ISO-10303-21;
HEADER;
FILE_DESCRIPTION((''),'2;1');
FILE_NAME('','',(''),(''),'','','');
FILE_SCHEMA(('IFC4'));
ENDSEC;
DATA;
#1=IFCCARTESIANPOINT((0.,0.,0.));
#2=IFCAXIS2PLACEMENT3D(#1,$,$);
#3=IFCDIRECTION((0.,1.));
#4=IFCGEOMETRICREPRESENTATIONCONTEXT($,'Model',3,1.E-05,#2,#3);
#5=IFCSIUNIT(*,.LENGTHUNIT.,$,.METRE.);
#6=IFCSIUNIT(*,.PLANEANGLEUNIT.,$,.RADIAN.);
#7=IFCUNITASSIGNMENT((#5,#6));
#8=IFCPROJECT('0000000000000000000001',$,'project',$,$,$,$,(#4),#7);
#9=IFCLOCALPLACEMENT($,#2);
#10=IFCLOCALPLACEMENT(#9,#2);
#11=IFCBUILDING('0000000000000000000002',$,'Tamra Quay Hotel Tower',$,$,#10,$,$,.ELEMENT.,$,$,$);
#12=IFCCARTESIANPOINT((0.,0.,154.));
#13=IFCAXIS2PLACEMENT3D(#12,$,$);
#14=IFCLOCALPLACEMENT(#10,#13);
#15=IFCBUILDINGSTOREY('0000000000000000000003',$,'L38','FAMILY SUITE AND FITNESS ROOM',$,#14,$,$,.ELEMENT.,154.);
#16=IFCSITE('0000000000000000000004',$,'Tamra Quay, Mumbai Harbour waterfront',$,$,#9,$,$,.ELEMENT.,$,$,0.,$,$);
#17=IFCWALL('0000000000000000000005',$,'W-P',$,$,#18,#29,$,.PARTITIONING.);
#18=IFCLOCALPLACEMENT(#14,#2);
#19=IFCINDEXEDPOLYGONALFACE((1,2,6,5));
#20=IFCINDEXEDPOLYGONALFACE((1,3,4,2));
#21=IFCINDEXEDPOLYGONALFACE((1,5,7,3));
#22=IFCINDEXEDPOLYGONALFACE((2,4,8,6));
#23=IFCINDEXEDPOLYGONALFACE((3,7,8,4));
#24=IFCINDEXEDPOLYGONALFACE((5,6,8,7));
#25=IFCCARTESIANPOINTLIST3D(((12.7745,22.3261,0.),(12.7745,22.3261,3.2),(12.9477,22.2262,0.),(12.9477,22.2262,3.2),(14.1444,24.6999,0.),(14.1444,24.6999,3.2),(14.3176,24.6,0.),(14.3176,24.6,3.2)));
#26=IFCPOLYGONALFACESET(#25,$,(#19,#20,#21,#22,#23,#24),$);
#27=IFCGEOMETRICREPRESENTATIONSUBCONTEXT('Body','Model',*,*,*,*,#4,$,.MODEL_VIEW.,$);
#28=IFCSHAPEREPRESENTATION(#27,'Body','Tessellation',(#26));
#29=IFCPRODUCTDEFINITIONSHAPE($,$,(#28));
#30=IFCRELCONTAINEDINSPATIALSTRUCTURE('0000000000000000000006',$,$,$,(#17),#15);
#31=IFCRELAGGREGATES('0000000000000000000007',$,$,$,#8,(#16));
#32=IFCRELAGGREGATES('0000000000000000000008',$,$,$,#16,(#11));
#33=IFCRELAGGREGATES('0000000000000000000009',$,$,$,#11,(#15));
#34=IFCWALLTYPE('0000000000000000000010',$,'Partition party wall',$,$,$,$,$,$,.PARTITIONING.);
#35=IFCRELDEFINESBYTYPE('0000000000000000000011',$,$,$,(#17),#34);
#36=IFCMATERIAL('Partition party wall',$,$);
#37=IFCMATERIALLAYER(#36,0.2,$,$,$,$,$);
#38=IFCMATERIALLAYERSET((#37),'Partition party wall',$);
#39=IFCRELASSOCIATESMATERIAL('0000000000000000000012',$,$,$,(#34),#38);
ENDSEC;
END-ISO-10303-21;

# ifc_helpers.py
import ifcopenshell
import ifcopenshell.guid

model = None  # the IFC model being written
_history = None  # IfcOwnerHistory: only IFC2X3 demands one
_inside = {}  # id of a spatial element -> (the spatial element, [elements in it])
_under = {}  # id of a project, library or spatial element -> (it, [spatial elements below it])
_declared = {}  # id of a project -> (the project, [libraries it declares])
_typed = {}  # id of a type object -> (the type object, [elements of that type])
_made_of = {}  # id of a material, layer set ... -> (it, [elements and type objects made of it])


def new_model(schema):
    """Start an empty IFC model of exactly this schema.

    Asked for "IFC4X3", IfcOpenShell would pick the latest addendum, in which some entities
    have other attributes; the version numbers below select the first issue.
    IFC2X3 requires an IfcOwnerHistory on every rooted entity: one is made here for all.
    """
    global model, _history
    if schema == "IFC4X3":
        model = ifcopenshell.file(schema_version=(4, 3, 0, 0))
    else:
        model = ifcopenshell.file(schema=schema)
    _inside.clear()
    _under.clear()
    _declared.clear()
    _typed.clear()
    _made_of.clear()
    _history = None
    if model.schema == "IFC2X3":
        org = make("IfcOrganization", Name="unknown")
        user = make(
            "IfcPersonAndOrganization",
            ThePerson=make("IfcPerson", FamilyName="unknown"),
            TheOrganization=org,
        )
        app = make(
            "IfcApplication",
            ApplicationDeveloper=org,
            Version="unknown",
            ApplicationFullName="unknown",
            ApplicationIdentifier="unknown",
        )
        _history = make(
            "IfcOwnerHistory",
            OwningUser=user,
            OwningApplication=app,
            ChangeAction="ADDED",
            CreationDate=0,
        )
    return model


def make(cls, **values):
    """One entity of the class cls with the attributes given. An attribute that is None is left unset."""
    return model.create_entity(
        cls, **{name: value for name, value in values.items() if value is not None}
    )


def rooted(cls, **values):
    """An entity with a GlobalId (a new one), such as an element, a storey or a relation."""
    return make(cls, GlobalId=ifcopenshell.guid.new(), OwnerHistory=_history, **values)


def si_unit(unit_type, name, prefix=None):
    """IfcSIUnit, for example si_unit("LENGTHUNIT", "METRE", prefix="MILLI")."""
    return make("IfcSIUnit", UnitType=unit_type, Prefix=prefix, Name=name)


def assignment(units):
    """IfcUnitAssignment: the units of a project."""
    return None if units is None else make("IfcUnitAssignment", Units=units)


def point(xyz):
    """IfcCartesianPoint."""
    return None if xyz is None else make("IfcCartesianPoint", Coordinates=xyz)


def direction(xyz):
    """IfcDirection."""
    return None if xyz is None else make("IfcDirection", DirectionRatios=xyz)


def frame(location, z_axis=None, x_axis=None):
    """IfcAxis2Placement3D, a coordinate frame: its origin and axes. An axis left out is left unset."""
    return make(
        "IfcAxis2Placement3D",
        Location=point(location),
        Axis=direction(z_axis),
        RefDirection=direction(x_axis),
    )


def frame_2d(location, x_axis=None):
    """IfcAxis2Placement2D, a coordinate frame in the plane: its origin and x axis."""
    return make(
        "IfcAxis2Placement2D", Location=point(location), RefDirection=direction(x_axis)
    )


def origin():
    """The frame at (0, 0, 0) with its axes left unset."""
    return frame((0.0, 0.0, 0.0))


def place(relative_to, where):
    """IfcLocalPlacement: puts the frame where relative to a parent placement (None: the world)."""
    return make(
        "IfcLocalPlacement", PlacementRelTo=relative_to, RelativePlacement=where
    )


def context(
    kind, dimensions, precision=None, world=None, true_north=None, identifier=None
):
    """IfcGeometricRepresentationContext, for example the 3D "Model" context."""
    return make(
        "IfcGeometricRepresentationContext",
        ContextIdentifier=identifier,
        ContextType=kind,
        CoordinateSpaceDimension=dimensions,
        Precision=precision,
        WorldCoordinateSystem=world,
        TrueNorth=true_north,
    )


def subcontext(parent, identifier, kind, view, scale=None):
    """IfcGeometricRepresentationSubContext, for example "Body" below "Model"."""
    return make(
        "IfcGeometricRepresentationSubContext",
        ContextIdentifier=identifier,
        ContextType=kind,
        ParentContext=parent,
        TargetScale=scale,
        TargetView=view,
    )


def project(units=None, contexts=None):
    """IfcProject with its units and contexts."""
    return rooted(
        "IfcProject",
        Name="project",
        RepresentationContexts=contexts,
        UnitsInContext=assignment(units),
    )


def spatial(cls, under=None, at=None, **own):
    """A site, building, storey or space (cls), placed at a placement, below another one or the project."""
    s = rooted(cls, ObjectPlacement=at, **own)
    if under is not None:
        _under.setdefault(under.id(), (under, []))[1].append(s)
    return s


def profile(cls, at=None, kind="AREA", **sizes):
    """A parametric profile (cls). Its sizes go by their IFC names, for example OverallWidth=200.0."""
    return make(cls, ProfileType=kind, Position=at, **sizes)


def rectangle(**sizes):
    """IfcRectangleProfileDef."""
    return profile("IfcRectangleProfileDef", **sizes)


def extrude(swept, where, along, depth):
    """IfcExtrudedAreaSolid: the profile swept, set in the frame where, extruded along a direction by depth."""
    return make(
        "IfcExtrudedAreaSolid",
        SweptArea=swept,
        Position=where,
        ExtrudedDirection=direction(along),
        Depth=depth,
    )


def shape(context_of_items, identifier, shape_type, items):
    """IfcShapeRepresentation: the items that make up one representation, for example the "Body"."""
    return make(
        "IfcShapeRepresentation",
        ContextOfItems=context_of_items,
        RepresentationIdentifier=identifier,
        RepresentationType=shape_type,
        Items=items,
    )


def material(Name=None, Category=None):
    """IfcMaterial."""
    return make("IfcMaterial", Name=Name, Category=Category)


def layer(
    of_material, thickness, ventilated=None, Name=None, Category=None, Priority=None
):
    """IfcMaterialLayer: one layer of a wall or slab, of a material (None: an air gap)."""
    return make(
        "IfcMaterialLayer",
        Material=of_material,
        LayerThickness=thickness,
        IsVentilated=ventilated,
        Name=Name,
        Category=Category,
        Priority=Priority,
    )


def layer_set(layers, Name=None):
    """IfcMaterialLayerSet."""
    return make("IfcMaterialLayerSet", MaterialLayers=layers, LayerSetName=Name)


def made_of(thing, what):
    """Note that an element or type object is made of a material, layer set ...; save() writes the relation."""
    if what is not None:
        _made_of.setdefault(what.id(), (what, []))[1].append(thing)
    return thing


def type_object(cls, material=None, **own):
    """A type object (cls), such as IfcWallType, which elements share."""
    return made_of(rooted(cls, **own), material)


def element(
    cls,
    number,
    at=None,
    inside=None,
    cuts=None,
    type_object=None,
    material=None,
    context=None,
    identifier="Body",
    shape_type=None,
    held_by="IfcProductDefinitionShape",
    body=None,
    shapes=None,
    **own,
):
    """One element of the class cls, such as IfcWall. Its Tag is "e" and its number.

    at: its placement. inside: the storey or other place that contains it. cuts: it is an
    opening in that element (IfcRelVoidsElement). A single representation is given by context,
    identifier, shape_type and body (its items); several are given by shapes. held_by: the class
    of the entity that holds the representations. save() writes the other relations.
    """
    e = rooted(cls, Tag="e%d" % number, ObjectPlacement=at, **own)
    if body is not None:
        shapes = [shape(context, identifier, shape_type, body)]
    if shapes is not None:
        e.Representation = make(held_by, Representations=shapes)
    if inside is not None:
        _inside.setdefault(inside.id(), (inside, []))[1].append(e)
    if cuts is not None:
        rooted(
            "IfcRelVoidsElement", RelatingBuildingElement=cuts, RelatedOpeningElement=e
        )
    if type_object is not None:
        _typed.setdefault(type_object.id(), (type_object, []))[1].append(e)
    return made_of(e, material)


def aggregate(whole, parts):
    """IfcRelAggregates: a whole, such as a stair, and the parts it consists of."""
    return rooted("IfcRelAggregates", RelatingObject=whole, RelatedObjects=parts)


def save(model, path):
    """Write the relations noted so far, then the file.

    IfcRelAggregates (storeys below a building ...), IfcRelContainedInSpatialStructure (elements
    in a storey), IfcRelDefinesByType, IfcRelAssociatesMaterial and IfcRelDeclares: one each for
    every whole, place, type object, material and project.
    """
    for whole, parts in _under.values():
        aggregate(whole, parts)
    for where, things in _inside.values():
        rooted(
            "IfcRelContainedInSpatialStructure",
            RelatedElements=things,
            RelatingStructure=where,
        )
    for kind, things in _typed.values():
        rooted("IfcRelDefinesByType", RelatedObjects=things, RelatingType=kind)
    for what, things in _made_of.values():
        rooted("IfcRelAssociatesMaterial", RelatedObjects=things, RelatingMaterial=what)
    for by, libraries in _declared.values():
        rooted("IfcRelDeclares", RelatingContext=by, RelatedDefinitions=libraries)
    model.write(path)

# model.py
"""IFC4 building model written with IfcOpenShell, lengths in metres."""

from ifc_helpers import new_model, si_unit, direction, frame, frame_2d, origin, place, context, subcontext, project, spatial, rectangle, extrude, material, layer, layer_set, type_object, element, save


model = new_model("IFC4")

# Units and contexts
model_context = context("Model", 3, precision=1e-05, world=origin(), true_north=direction((0.0, 1.0)))
body_context = subcontext(model_context, "Body", "Model", "MODEL_VIEW")
ifc_project = project(units=[si_unit("LENGTHUNIT", "METRE"), si_unit("PLANEANGLEUNIT", "RADIAN")], contexts=[model_context])

# Site, building, storey
site_placement = place(None, origin())
site = spatial("IfcSite", under=ifc_project, at=site_placement, Name="Tamra Quay, Mumbai Harbour waterfront", CompositionType="ELEMENT", RefElevation=0.0)
building_placement = place(site_placement, origin())
building = spatial("IfcBuilding", under=site, at=building_placement, Name="Tamra Quay Hotel Tower", CompositionType="ELEMENT")
storey_placement = place(building_placement, frame((0.0, 0.0, 154.0)))
storey = spatial("IfcBuildingStorey", under=building, at=storey_placement, Name="L38", Description="FAMILY SUITE AND FITNESS ROOM", CompositionType="ELEMENT", Elevation=154.0)

# Wall
ifc_material_1 = material(Name="Partition party wall")
ifc_layer_1 = layer(ifc_material_1, 0.2)
ifc_layer_set_1 = layer_set([ifc_layer_1], Name="Partition party wall")
wall_type_1 = type_object("IfcWallType", Name="Partition party wall", PredefinedType="PARTITIONING", material=ifc_layer_set_1)
wall_1_placement = place(storey_placement, frame((12.8611, 22.2761, 0.0), z_axis=(0.0, 0.0, 1.0), x_axis=(0.499828, 0.866125, 0.0)))
element("IfcWall", 1, at=wall_1_placement, inside=storey, type_object=wall_type_1, Name="W-P", PredefinedType="PARTITIONING", context=body_context, shape_type="SweptSolid", body=[
    extrude(rectangle(XDim=2.7407, YDim=0.2, at=frame_2d((1.3704, 0.0))), origin(), (0.0, 0.0, 1.0), 3.2),
])

save(model, "model.ifc")
